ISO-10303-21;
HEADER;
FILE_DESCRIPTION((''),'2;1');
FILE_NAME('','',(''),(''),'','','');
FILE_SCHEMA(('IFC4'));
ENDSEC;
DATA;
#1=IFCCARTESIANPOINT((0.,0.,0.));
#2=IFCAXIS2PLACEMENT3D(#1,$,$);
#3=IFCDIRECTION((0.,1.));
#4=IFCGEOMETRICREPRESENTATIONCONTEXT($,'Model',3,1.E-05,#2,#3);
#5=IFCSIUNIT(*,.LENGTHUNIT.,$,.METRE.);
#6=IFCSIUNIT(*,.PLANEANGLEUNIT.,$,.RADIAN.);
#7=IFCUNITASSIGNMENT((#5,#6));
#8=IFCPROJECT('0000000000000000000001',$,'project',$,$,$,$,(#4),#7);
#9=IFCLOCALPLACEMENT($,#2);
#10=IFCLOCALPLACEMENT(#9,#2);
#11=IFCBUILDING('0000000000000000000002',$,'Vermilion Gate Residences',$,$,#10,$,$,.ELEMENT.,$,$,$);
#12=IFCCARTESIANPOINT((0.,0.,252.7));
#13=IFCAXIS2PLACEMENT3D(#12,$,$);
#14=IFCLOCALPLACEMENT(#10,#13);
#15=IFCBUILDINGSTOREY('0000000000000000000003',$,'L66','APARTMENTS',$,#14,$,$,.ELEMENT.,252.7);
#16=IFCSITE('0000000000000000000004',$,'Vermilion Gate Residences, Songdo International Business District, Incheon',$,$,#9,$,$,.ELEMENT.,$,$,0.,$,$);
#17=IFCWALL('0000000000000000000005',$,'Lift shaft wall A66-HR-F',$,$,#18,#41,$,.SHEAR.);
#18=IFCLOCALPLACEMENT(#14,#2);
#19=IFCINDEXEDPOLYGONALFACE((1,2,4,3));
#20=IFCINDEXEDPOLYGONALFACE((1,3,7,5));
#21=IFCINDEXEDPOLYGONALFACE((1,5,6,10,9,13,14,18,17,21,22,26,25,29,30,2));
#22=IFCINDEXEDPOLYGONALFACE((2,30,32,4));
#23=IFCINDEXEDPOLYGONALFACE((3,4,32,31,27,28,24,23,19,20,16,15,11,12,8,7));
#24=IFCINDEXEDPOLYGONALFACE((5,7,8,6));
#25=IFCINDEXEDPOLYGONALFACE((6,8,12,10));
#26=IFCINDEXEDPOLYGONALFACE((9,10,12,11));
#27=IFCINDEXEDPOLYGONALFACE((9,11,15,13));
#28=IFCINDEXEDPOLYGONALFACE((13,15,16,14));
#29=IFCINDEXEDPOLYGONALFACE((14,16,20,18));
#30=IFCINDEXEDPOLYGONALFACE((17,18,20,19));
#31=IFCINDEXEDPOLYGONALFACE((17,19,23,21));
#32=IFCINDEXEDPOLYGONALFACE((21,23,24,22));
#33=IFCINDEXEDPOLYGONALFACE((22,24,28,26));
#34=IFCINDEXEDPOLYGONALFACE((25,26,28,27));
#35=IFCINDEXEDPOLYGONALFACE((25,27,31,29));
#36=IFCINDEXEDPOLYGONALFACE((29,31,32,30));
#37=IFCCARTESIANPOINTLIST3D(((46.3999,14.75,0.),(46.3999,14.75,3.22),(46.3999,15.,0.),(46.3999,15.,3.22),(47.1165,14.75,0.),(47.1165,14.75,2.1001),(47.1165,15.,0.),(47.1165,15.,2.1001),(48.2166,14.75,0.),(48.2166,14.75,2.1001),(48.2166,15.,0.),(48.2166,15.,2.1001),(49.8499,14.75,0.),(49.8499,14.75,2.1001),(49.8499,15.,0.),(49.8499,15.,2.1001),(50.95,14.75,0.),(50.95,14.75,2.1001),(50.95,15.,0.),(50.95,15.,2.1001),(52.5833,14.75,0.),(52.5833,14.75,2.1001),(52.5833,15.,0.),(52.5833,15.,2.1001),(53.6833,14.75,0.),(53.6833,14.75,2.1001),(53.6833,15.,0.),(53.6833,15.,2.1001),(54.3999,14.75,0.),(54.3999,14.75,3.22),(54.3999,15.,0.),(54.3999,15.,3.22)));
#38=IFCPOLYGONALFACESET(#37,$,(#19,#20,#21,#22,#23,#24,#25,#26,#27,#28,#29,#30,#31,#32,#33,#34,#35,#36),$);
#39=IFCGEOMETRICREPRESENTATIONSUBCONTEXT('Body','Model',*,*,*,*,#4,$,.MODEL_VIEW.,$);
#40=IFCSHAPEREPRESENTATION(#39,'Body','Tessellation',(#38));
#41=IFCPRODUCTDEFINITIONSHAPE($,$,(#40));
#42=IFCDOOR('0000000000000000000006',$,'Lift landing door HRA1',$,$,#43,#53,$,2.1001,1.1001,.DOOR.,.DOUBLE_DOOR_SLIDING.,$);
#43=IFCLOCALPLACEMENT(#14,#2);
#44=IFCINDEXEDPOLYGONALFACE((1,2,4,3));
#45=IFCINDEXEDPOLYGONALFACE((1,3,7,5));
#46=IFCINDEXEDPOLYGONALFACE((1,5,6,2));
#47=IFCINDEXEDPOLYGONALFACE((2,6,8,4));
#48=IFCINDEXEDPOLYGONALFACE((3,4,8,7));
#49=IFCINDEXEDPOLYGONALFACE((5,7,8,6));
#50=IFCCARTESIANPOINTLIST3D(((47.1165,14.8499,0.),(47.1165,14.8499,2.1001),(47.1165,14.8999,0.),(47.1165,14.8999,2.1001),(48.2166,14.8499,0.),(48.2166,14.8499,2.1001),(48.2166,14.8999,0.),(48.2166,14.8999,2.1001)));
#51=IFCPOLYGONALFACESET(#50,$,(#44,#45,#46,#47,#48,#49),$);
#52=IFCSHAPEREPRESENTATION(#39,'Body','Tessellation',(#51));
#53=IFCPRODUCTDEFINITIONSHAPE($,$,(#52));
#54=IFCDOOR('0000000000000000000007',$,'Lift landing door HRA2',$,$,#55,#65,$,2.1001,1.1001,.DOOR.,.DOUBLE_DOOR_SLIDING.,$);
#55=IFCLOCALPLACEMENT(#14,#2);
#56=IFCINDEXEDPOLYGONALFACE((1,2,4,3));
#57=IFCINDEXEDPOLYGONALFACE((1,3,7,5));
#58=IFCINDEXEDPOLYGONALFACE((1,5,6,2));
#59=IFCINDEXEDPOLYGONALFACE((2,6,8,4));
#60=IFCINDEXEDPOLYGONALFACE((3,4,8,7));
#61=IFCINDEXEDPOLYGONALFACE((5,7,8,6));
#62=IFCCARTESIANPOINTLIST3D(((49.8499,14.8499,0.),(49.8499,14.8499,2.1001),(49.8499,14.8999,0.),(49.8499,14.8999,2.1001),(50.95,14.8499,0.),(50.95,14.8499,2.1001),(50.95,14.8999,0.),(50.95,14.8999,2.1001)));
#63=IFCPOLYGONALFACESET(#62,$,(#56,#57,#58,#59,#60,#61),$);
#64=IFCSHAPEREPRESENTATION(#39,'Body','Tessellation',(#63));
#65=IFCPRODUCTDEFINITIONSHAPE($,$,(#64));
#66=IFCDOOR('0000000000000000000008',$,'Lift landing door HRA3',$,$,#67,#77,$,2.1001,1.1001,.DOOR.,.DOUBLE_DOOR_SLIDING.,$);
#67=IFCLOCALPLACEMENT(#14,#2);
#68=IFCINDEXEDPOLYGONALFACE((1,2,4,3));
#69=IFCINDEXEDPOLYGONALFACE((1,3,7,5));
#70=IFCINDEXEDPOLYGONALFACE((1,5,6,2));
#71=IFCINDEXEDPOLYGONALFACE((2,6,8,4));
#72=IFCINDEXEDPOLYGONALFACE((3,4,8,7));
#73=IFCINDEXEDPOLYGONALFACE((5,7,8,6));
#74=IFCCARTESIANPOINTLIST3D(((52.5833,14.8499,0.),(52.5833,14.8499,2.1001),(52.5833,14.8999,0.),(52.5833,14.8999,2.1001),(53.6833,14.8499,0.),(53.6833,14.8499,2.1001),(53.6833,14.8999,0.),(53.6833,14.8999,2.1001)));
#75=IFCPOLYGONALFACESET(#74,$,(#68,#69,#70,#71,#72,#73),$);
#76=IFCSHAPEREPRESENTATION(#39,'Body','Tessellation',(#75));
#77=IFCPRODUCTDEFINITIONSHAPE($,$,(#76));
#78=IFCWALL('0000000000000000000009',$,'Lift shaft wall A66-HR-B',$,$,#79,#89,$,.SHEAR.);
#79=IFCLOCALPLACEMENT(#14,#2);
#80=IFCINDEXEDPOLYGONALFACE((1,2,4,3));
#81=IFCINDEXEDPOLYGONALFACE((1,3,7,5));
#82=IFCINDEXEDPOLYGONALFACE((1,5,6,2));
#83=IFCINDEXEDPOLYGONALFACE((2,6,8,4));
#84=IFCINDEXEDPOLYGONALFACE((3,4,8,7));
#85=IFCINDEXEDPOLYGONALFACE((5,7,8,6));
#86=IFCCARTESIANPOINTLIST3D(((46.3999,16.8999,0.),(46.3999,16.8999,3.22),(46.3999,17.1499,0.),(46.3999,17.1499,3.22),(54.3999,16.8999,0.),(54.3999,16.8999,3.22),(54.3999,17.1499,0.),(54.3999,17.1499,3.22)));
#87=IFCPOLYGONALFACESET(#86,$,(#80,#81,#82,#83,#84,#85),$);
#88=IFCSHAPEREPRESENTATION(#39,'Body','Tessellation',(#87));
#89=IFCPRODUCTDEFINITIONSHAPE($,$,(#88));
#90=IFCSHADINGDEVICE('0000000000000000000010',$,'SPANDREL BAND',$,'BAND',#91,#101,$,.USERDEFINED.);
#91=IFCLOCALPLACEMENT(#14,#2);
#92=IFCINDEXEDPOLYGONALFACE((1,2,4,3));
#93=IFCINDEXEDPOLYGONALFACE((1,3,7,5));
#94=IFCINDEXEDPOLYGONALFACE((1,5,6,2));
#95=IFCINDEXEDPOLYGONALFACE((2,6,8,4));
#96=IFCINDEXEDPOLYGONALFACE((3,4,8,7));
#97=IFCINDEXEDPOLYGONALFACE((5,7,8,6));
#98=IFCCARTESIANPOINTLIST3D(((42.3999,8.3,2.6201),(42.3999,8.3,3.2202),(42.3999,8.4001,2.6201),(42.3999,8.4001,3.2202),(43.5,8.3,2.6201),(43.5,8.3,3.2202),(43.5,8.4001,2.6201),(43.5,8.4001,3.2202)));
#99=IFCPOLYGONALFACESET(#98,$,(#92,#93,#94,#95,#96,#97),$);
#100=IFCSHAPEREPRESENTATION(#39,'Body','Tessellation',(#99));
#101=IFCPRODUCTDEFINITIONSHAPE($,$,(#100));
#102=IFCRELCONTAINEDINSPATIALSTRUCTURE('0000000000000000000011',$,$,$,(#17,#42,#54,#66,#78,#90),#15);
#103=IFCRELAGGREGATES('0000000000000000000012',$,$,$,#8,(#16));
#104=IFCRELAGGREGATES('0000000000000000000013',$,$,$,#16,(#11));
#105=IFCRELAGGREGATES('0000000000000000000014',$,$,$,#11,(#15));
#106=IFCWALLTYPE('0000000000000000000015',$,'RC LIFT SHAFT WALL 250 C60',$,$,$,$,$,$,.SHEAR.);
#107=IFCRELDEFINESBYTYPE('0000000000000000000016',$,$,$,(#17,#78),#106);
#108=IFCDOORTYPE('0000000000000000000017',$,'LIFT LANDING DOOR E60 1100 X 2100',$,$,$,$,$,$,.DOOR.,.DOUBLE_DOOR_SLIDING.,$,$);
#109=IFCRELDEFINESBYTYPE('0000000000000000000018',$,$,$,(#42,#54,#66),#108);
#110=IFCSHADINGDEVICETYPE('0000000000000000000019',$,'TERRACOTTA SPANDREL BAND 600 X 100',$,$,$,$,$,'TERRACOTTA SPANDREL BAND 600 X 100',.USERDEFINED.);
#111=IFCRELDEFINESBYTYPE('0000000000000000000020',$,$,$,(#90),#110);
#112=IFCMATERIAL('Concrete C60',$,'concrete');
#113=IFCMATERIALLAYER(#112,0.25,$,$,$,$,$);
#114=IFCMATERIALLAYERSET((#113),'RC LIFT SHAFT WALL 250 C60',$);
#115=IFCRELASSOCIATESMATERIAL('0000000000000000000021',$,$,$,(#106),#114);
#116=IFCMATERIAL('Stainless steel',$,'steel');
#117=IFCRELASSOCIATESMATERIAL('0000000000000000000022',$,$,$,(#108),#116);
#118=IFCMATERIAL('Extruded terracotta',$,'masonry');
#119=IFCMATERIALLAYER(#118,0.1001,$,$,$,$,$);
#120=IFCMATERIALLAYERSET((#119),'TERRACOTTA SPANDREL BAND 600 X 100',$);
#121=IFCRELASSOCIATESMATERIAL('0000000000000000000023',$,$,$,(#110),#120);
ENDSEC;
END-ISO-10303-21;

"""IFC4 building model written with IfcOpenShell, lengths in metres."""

from ifc_helpers import new_model, si_unit, direction, frame, frame_2d, origin, origin_2d, place, context, subcontext, project, spatial, rectangle, extrude, material, layer, layer_set, type_object, element, fill, save


model = new_model("IFC4")

# Units and contexts
model_context = context("Model", 3, precision=1e-05, world=origin(), true_north=direction((0.0, 1.0)))
body_context = subcontext(model_context, "Body", "Model", "MODEL_VIEW")
ifc_project = project(units=[si_unit("LENGTHUNIT", "METRE"), si_unit("PLANEANGLEUNIT", "RADIAN")], contexts=[model_context])

# Site, building, storey
site_placement = place(None, origin())
site = spatial("IfcSite", under=ifc_project, at=site_placement, Name="Vermilion Gate Residences, Songdo International Business District, Incheon", CompositionType="ELEMENT", RefElevation=0.0)
building_placement = place(site_placement, origin())
building = spatial("IfcBuilding", under=site, at=building_placement, Name="Vermilion Gate Residences", CompositionType="ELEMENT")
storey_placement = place(building_placement, frame((0.0, 0.0, 252.7)))
storey = spatial("IfcBuildingStorey", under=building, at=storey_placement, Name="L66", Description="APARTMENTS", CompositionType="ELEMENT", Elevation=252.7)

# Wall, openings, doors
ifc_material_1 = material(Name="Concrete C60", Category="concrete")
ifc_layer_1 = layer(ifc_material_1, 0.25)
ifc_layer_set_1 = layer_set([ifc_layer_1], Name="RC LIFT SHAFT WALL 250 C60")
wall_type_1 = type_object("IfcWallType", Name="RC LIFT SHAFT WALL 250 C60", PredefinedType="SHEAR", material=ifc_layer_set_1)
wall_1_placement = place(storey_placement, frame((46.3999, 14.875, 0.0), z_axis=(0.0, 0.0, 1.0), x_axis=(1.0, 0.0, 0.0)))
wall_1 = element("IfcWall", 1, at=wall_1_placement, inside=storey, type_object=wall_type_1, Name="Lift shaft wall A66-HR-F", PredefinedType="SHEAR", context=body_context, shape_type="SweptSolid", body=[
    extrude(rectangle(XDim=8.0, YDim=0.25, at=frame_2d((4.0, 0.0))), origin(), (0.0, 0.0, 1.0), 3.22),
])
opening_1_placement = place(wall_1_placement, frame((0.7166, 0.0, 0.0)))
opening_1 = element("IfcOpeningElement", 2, at=opening_1_placement, cuts=wall_1, PredefinedType="OPENING", context=body_context, shape_type="SweptSolid", body=[
    extrude(rectangle(XDim=1.1001, YDim=2.1001, at=frame_2d((0.55, 1.05))), frame((0.0, 0.135, 0.0), z_axis=(0.0, -1.0, 0.0), x_axis=(1.0, 0.0, 0.0)), (0.0, 0.0, 1.0), 0.27),
])
opening_2_placement = place(wall_1_placement, frame((3.45, 0.0, 0.0)))
opening_2 = element("IfcOpeningElement", 3, at=opening_2_placement, cuts=wall_1, PredefinedType="OPENING", context=body_context, shape_type="SweptSolid", body=[
    extrude(rectangle(XDim=1.1001, YDim=2.1001, at=frame_2d((0.55, 1.05))), frame((0.0, 0.135, 0.0), z_axis=(0.0, -1.0, 0.0), x_axis=(1.0, 0.0, 0.0)), (0.0, 0.0, 1.0), 0.27),
])
opening_3_placement = place(wall_1_placement, frame((6.1833, 0.0, 0.0)))
opening_3 = element("IfcOpeningElement", 4, at=opening_3_placement, cuts=wall_1, PredefinedType="OPENING", context=body_context, shape_type="SweptSolid", body=[
    extrude(rectangle(XDim=1.1001, YDim=2.1001, at=frame_2d((0.55, 1.05))), frame((0.0, 0.135, 0.0), z_axis=(0.0, -1.0, 0.0), x_axis=(1.0, 0.0, 0.0)), (0.0, 0.0, 1.0), 0.27),
])
ifc_material_2 = material(Name="Stainless steel", Category="steel")
door_type_1 = type_object("IfcDoorType", Name="LIFT LANDING DOOR E60 1100 X 2100", OperationType="DOUBLE_DOOR_SLIDING", PredefinedType="DOOR", material=ifc_material_2)
door_1_placement = place(opening_1_placement, origin())
door_1 = element("IfcDoor", 5, at=door_1_placement, inside=storey, type_object=door_type_1, Name="Lift landing door HRA1", OperationType="DOUBLE_DOOR_SLIDING", OverallHeight=2.1001, OverallWidth=1.1001, PredefinedType="DOOR", context=body_context, shape_type="SweptSolid", body=[
    extrude(rectangle(XDim=1.1001, YDim=2.1001, at=frame_2d((0.55, 1.05))), frame((0.0, 0.0249, 0.0), z_axis=(0.0, -1.0, 0.0), x_axis=(1.0, 0.0, 0.0)), (0.0, 0.0, 1.0), 0.05),
])
fill(opening_1, door_1)
door_2_placement = place(opening_2_placement, origin())
door_2 = element("IfcDoor", 6, at=door_2_placement, inside=storey, type_object=door_type_1, Name="Lift landing door HRA2", OperationType="DOUBLE_DOOR_SLIDING", OverallHeight=2.1001, OverallWidth=1.1001, PredefinedType="DOOR", context=body_context, shape_type="SweptSolid", body=[
    extrude(rectangle(XDim=1.1001, YDim=2.1001, at=frame_2d((0.55, 1.05))), frame((0.0, 0.0249, 0.0), z_axis=(0.0, -1.0, 0.0), x_axis=(1.0, 0.0, 0.0)), (0.0, 0.0, 1.0), 0.05),
])
fill(opening_2, door_2)
door_3_placement = place(opening_3_placement, origin())
door_3 = element("IfcDoor", 7, at=door_3_placement, inside=storey, type_object=door_type_1, Name="Lift landing door HRA3", OperationType="DOUBLE_DOOR_SLIDING", OverallHeight=2.1001, OverallWidth=1.1001, PredefinedType="DOOR", context=body_context, shape_type="SweptSolid", body=[
    extrude(rectangle(XDim=1.1001, YDim=2.1001, at=frame_2d((0.55, 1.05))), frame((0.0, 0.0249, 0.0), z_axis=(0.0, -1.0, 0.0), x_axis=(1.0, 0.0, 0.0)), (0.0, 0.0, 1.0), 0.05),
])
fill(opening_3, door_3)

# Wall
wall_2_placement = place(storey_placement, frame((46.3999, 17.0249, 0.0), z_axis=(0.0, 0.0, 1.0), x_axis=(1.0, 0.0, 0.0)))
element("IfcWall", 8, at=wall_2_placement, inside=storey, type_object=wall_type_1, Name="Lift shaft wall A66-HR-B", PredefinedType="SHEAR", context=body_context, shape_type="SweptSolid", body=[
    extrude(rectangle(XDim=8.0, YDim=0.25, at=frame_2d((4.0, 0.0))), origin(), (0.0, 0.0, 1.0), 3.22),
])

# Shading device
ifc_material_3 = material(Name="Extruded terracotta", Category="masonry")
ifc_layer_2 = layer(ifc_material_3, 0.1001)
ifc_layer_set_2 = layer_set([ifc_layer_2], Name="TERRACOTTA SPANDREL BAND 600 X 100")
shading_device_type = type_object("IfcShadingDeviceType", Name="TERRACOTTA SPANDREL BAND 600 X 100", ElementType="TERRACOTTA SPANDREL BAND 600 X 100", PredefinedType="USERDEFINED", material=ifc_layer_set_2)
shading_device_placement = place(storey_placement, frame((42.95, 8.3501, 2.6201), z_axis=(0.0, 0.0, 1.0), x_axis=(1.0, 0.0, 0.0)))
element("IfcShadingDevice", 9, at=shading_device_placement, inside=storey, type_object=shading_device_type, Name="SPANDREL BAND", ObjectType="BAND", PredefinedType="USERDEFINED", context=body_context, shape_type="SweptSolid", body=[
    extrude(rectangle(XDim=1.1001, YDim=0.1001, at=origin_2d()), origin(), (0.0, 0.0, 1.0), 0.6001),
])

save(model, "model.ifc")
